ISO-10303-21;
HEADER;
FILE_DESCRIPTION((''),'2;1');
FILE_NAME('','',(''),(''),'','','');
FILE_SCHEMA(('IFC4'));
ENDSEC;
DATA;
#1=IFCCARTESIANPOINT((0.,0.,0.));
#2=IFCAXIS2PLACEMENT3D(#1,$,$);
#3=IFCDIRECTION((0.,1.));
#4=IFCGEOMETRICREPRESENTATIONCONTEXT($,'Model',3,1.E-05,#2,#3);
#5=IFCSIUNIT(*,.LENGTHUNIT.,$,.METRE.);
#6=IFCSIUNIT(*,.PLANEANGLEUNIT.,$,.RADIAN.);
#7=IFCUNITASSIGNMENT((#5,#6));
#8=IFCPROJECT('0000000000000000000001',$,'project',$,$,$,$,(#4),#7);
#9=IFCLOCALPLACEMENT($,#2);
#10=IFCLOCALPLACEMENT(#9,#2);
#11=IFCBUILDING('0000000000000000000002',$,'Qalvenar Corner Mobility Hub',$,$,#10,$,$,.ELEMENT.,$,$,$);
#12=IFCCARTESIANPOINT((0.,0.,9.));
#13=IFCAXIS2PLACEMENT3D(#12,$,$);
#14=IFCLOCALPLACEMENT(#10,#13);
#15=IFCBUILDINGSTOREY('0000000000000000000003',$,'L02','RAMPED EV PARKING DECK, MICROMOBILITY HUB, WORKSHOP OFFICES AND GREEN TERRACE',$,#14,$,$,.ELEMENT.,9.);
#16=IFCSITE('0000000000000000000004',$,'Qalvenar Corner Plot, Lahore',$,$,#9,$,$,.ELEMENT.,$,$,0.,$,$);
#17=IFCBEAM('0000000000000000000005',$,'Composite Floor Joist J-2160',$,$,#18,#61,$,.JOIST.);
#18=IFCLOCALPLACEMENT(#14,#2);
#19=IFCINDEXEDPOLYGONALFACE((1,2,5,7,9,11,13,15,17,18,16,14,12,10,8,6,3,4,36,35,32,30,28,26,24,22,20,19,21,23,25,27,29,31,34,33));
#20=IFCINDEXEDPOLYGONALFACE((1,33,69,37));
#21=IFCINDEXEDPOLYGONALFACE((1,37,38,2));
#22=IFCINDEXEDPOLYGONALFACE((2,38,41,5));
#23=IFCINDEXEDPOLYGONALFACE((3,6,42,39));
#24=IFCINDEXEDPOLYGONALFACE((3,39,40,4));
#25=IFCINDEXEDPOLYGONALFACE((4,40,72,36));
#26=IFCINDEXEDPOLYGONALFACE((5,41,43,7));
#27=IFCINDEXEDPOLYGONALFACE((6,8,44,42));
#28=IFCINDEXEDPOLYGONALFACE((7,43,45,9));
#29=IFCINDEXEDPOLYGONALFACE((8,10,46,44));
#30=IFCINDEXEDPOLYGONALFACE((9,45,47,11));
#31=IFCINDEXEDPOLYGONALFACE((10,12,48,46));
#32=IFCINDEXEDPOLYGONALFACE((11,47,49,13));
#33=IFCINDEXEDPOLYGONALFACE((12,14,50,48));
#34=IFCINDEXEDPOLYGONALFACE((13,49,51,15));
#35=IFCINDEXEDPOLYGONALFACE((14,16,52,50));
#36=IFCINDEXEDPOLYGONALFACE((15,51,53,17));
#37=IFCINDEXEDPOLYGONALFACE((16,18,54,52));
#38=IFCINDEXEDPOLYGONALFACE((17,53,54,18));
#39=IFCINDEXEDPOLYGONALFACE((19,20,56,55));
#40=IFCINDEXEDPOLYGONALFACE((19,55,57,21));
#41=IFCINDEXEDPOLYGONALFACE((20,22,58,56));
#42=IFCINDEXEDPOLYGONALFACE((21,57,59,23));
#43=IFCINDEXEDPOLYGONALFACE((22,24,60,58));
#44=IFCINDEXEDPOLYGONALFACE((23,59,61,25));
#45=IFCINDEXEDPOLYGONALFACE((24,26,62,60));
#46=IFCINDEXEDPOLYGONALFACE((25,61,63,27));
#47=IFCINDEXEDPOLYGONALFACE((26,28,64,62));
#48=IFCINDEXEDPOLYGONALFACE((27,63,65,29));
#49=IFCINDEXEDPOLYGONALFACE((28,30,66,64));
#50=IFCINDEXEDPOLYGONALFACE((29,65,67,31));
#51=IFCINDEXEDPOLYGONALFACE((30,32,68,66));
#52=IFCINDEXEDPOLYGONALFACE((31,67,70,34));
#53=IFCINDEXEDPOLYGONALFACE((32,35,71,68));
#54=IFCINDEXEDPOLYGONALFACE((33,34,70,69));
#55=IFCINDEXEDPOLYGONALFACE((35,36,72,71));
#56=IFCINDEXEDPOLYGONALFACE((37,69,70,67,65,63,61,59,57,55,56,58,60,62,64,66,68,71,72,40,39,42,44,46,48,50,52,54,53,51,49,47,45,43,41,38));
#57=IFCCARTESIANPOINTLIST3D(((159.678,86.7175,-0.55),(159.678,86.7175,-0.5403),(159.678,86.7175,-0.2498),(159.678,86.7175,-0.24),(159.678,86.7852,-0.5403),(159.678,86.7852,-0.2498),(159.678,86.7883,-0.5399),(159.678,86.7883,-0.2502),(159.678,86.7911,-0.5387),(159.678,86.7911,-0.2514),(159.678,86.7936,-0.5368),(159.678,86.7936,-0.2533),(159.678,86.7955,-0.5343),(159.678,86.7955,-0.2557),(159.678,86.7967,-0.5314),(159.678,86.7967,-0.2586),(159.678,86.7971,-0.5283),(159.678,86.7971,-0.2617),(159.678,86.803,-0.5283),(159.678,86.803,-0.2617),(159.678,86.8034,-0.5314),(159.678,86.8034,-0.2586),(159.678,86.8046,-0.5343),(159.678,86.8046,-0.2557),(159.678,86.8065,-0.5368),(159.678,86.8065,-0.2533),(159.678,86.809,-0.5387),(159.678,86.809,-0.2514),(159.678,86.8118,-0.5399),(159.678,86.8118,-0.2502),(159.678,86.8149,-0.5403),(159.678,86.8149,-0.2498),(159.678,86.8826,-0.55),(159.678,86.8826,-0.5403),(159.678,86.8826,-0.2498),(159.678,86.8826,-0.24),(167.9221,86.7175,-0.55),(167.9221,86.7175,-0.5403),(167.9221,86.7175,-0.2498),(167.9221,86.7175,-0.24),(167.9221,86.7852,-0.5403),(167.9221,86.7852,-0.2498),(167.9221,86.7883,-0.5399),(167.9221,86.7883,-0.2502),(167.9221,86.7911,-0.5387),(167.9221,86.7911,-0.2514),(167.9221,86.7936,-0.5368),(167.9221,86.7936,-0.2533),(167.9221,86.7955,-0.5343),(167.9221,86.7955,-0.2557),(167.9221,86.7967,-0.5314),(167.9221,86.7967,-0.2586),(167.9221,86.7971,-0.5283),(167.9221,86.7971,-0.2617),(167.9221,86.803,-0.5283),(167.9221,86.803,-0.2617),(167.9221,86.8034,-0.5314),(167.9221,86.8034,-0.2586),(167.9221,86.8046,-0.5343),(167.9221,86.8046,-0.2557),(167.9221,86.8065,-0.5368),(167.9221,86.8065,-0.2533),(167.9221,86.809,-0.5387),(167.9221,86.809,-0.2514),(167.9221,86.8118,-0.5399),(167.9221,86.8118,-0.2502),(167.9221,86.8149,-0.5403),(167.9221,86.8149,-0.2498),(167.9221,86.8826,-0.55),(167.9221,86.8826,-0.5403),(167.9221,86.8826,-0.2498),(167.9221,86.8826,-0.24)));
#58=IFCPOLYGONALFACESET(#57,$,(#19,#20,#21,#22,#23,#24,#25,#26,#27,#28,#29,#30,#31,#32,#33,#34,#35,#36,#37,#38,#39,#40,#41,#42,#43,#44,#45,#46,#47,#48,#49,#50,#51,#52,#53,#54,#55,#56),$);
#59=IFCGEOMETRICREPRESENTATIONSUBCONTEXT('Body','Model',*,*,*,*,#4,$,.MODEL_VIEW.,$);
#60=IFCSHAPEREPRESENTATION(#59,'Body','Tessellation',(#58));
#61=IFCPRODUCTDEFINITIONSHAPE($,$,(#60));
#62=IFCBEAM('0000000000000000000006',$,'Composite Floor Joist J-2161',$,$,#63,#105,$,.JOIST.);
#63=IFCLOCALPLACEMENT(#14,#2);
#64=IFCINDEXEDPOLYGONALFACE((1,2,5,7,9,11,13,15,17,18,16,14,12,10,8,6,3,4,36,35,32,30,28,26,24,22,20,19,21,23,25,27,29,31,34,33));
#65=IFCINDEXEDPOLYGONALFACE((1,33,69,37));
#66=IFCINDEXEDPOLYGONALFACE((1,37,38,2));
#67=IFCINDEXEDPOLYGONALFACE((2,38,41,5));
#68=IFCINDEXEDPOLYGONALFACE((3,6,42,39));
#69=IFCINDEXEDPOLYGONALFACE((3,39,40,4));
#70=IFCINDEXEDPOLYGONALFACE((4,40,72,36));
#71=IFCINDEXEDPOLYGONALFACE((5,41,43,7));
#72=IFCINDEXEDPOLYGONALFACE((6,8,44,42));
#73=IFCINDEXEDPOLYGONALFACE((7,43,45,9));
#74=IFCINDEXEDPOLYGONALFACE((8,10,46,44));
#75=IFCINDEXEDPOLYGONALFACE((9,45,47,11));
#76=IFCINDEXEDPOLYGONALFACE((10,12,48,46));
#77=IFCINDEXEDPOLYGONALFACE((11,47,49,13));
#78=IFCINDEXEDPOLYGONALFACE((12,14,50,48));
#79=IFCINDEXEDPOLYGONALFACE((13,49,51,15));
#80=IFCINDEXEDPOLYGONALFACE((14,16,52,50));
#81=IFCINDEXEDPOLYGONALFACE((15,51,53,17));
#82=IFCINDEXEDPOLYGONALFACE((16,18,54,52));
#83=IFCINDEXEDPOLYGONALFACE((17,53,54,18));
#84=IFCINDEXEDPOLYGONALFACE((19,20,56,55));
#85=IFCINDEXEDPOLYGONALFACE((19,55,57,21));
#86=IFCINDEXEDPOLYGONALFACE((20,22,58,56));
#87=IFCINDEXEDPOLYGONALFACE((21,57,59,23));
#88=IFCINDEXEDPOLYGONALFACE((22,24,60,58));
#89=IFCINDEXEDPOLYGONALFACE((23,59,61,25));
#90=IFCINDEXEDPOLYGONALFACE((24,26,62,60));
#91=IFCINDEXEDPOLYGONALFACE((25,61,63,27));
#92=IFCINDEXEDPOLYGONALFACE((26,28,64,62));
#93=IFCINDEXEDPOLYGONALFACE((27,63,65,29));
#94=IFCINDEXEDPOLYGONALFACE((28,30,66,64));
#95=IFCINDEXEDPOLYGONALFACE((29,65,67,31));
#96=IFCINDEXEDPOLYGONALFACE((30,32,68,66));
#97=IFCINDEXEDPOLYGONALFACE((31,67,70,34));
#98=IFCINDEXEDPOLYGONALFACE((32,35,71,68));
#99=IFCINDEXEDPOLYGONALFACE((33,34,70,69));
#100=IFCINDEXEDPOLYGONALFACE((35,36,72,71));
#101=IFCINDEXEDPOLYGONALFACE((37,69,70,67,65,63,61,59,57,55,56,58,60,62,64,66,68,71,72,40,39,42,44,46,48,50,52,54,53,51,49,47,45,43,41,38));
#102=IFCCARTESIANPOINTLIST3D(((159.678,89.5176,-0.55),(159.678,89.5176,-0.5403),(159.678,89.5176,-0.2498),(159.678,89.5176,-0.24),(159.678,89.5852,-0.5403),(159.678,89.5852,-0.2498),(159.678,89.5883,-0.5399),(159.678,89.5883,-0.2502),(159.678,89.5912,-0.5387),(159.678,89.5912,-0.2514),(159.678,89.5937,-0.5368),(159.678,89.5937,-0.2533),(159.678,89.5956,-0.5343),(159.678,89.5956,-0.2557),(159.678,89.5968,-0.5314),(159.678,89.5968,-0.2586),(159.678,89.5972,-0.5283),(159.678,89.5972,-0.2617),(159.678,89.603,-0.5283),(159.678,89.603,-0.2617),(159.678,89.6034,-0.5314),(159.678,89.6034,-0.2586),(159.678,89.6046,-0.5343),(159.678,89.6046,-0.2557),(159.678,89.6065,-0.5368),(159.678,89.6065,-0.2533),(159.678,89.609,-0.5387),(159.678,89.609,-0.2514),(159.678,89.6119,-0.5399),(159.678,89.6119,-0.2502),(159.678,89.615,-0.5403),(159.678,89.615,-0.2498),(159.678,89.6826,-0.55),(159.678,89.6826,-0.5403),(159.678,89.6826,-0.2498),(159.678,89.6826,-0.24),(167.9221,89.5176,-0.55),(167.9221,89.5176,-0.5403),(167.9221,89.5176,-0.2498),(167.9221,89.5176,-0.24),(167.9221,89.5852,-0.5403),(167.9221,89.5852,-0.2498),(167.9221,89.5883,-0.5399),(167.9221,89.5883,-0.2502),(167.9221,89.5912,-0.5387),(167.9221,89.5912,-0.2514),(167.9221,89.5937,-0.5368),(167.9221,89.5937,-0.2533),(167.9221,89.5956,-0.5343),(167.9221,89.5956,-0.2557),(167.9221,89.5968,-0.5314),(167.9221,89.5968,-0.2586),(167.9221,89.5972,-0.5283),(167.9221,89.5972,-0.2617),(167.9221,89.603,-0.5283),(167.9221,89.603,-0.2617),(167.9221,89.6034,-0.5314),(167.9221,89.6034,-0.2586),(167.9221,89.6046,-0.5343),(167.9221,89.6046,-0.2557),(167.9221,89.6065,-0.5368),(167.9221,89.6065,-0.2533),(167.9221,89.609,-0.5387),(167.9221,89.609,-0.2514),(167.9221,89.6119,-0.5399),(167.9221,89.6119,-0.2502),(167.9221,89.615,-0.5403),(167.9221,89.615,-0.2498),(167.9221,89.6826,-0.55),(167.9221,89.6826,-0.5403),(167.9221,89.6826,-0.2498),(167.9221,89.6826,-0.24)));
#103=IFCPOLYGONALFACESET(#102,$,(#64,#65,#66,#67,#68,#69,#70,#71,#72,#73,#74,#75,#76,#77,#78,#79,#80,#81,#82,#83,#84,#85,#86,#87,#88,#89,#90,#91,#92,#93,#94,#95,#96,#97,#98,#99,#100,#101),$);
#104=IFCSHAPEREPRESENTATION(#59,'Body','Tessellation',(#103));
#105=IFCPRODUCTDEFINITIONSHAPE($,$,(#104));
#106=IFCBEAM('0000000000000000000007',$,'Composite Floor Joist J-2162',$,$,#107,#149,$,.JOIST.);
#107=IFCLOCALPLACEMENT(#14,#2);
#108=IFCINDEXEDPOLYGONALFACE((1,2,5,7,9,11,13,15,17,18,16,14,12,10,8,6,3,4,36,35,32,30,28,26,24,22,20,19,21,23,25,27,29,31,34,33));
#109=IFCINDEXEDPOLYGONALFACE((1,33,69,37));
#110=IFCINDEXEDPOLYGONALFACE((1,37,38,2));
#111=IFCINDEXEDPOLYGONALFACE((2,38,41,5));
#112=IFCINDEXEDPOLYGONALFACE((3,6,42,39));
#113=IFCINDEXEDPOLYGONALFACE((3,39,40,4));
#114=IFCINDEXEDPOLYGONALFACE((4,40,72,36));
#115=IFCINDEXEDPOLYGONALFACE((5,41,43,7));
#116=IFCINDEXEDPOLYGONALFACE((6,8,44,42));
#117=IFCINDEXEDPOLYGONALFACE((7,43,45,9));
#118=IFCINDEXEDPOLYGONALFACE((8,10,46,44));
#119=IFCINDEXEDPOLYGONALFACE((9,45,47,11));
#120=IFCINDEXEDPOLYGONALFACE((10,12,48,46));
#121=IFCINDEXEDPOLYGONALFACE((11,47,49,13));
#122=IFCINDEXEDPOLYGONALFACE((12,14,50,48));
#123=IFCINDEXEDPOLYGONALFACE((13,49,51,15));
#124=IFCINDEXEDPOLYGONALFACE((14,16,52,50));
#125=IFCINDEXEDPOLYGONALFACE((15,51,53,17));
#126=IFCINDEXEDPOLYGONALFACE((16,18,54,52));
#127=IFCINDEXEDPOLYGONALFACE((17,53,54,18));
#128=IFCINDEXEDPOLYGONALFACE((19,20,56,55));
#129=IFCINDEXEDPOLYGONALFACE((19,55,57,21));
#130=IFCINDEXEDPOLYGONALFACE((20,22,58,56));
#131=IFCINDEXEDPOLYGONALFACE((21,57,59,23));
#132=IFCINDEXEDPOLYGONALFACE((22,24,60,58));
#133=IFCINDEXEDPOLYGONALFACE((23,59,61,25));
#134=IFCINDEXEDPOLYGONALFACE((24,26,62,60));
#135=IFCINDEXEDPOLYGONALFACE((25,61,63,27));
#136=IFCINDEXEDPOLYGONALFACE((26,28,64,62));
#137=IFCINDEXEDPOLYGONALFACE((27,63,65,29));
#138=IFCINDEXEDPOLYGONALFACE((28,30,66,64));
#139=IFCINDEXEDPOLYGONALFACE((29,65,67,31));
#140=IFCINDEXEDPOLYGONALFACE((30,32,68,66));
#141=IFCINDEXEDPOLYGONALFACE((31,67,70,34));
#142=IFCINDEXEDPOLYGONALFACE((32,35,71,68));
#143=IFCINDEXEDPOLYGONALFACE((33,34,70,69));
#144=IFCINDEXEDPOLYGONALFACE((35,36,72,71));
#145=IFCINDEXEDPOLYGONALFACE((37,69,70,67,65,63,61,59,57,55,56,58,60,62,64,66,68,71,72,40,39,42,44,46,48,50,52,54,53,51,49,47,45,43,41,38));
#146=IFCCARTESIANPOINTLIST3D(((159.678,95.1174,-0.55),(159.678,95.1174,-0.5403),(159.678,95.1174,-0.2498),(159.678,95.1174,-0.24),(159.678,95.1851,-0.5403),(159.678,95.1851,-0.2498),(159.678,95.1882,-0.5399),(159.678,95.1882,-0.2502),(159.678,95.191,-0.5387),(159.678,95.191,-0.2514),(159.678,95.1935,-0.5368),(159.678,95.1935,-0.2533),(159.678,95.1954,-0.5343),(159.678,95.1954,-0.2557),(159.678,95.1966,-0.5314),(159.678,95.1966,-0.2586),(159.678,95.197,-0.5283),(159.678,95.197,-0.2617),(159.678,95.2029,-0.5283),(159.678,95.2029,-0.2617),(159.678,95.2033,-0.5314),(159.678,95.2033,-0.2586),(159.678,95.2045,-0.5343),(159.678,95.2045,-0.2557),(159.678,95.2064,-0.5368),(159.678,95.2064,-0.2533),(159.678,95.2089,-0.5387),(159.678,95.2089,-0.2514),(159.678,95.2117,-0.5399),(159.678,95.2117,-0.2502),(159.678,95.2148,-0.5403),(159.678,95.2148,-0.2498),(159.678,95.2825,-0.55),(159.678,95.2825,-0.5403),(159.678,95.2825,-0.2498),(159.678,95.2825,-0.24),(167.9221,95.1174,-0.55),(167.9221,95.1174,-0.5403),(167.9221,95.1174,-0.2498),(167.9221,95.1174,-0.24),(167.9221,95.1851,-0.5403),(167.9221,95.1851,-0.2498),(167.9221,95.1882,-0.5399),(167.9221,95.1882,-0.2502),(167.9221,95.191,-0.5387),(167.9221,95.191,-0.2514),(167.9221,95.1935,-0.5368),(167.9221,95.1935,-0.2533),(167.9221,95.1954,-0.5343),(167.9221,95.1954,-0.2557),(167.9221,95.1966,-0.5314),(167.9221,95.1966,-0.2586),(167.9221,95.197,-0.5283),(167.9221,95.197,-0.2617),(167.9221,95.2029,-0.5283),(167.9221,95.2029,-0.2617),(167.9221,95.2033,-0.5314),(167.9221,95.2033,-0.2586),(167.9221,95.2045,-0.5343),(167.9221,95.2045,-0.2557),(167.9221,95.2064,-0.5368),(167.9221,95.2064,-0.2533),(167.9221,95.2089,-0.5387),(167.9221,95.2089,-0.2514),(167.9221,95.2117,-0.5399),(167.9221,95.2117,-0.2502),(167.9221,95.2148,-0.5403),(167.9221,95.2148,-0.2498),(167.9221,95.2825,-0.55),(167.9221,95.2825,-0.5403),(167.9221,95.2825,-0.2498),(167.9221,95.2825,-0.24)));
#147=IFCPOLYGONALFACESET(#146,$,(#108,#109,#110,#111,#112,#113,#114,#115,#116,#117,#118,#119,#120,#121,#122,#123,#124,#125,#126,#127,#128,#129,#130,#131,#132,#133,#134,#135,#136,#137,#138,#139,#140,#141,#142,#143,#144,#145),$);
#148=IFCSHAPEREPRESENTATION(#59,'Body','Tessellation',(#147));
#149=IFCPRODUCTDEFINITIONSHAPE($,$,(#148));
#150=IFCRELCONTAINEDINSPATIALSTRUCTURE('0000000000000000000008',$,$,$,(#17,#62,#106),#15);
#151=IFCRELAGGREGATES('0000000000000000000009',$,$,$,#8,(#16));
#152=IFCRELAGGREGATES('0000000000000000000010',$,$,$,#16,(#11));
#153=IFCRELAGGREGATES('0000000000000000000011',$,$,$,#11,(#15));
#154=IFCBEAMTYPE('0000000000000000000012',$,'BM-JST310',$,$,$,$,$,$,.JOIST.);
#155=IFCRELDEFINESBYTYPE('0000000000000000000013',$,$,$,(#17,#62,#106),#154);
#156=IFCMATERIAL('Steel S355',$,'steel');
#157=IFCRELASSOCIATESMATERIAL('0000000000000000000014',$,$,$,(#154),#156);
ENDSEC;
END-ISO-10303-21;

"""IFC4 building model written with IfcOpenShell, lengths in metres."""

from ifc_helpers import new_model, si_unit, direction, frame, origin, origin_2d, place, context, subcontext, project, spatial, i_section, extrude, material, material_profile, profile_set, type_object, element, save


model = new_model("IFC4")

# Units and contexts
model_context = context("Model", 3, precision=1e-05, world=origin(), true_north=direction((0.0, 1.0)))
body_context = subcontext(model_context, "Body", "Model", "MODEL_VIEW")
ifc_project = project(units=[si_unit("LENGTHUNIT", "METRE"), si_unit("PLANEANGLEUNIT", "RADIAN")], contexts=[model_context])

# Site, building, storey
site_placement = place(None, origin())
site = spatial("IfcSite", under=ifc_project, at=site_placement, Name="Qalvenar Corner Plot, Lahore", CompositionType="ELEMENT", RefElevation=0.0)
building_placement = place(site_placement, origin())
building = spatial("IfcBuilding", under=site, at=building_placement, Name="Qalvenar Corner Mobility Hub", CompositionType="ELEMENT")
storey_placement = place(building_placement, frame((0.0, 0.0, 9.0)))
storey = spatial("IfcBuildingStorey", under=building, at=storey_placement, Name="L02", Description="RAMPED EV PARKING DECK, MICROMOBILITY HUB, WORKSHOP OFFICES AND GREEN TERRACE", CompositionType="ELEMENT", Elevation=9.0)

# Shared definitions
ifc_material_1 = material(Name="Steel S355", Category="steel")

# Beams
ifc_material_profile_1 = material_profile(ifc_material_1, i_section(OverallWidth=0.165, OverallDepth=0.3101, WebThickness=0.0059, FlangeThickness=0.0098, FilletRadius=0.012, at=origin_2d()), Name="W310x38.7")
ifc_profile_set_1 = profile_set([ifc_material_profile_1], Name="Steel S355")
beam_type_1 = type_object("IfcBeamType", Name="BM-JST310", PredefinedType="JOIST", material=ifc_profile_set_1)
for number, where, z_axis, x_axis, name in (
    (1, (159.678, 86.8, -0.395), (1.0, 0.0, 0.0), (0.0, 1.0, 0.0), "Composite Floor Joist J-2160"),
    (2, (159.678, 89.6001, -0.395), (1.0, 0.0, 0.0), (0.0, 1.0, 0.0), "Composite Floor Joist J-2161"),
    (3, (159.678, 95.2, -0.395), (1.0, 0.0, 0.0), (0.0, 1.0, 0.0), "Composite Floor Joist J-2162"),
):
    element("IfcBeam", number, at=place(storey_placement, frame(where, z_axis=z_axis, x_axis=x_axis)), inside=storey, type_object=beam_type_1, Name=name, PredefinedType="JOIST", context=body_context, shape_type="SweptSolid", body=[
        extrude(i_section(OverallWidth=0.165, OverallDepth=0.3101, WebThickness=0.0059, FlangeThickness=0.0098, FilletRadius=0.012, at=origin_2d()), origin(), (0.0, 0.0, 1.0), 8.2441),
    ])

save(model, "model.ifc")
